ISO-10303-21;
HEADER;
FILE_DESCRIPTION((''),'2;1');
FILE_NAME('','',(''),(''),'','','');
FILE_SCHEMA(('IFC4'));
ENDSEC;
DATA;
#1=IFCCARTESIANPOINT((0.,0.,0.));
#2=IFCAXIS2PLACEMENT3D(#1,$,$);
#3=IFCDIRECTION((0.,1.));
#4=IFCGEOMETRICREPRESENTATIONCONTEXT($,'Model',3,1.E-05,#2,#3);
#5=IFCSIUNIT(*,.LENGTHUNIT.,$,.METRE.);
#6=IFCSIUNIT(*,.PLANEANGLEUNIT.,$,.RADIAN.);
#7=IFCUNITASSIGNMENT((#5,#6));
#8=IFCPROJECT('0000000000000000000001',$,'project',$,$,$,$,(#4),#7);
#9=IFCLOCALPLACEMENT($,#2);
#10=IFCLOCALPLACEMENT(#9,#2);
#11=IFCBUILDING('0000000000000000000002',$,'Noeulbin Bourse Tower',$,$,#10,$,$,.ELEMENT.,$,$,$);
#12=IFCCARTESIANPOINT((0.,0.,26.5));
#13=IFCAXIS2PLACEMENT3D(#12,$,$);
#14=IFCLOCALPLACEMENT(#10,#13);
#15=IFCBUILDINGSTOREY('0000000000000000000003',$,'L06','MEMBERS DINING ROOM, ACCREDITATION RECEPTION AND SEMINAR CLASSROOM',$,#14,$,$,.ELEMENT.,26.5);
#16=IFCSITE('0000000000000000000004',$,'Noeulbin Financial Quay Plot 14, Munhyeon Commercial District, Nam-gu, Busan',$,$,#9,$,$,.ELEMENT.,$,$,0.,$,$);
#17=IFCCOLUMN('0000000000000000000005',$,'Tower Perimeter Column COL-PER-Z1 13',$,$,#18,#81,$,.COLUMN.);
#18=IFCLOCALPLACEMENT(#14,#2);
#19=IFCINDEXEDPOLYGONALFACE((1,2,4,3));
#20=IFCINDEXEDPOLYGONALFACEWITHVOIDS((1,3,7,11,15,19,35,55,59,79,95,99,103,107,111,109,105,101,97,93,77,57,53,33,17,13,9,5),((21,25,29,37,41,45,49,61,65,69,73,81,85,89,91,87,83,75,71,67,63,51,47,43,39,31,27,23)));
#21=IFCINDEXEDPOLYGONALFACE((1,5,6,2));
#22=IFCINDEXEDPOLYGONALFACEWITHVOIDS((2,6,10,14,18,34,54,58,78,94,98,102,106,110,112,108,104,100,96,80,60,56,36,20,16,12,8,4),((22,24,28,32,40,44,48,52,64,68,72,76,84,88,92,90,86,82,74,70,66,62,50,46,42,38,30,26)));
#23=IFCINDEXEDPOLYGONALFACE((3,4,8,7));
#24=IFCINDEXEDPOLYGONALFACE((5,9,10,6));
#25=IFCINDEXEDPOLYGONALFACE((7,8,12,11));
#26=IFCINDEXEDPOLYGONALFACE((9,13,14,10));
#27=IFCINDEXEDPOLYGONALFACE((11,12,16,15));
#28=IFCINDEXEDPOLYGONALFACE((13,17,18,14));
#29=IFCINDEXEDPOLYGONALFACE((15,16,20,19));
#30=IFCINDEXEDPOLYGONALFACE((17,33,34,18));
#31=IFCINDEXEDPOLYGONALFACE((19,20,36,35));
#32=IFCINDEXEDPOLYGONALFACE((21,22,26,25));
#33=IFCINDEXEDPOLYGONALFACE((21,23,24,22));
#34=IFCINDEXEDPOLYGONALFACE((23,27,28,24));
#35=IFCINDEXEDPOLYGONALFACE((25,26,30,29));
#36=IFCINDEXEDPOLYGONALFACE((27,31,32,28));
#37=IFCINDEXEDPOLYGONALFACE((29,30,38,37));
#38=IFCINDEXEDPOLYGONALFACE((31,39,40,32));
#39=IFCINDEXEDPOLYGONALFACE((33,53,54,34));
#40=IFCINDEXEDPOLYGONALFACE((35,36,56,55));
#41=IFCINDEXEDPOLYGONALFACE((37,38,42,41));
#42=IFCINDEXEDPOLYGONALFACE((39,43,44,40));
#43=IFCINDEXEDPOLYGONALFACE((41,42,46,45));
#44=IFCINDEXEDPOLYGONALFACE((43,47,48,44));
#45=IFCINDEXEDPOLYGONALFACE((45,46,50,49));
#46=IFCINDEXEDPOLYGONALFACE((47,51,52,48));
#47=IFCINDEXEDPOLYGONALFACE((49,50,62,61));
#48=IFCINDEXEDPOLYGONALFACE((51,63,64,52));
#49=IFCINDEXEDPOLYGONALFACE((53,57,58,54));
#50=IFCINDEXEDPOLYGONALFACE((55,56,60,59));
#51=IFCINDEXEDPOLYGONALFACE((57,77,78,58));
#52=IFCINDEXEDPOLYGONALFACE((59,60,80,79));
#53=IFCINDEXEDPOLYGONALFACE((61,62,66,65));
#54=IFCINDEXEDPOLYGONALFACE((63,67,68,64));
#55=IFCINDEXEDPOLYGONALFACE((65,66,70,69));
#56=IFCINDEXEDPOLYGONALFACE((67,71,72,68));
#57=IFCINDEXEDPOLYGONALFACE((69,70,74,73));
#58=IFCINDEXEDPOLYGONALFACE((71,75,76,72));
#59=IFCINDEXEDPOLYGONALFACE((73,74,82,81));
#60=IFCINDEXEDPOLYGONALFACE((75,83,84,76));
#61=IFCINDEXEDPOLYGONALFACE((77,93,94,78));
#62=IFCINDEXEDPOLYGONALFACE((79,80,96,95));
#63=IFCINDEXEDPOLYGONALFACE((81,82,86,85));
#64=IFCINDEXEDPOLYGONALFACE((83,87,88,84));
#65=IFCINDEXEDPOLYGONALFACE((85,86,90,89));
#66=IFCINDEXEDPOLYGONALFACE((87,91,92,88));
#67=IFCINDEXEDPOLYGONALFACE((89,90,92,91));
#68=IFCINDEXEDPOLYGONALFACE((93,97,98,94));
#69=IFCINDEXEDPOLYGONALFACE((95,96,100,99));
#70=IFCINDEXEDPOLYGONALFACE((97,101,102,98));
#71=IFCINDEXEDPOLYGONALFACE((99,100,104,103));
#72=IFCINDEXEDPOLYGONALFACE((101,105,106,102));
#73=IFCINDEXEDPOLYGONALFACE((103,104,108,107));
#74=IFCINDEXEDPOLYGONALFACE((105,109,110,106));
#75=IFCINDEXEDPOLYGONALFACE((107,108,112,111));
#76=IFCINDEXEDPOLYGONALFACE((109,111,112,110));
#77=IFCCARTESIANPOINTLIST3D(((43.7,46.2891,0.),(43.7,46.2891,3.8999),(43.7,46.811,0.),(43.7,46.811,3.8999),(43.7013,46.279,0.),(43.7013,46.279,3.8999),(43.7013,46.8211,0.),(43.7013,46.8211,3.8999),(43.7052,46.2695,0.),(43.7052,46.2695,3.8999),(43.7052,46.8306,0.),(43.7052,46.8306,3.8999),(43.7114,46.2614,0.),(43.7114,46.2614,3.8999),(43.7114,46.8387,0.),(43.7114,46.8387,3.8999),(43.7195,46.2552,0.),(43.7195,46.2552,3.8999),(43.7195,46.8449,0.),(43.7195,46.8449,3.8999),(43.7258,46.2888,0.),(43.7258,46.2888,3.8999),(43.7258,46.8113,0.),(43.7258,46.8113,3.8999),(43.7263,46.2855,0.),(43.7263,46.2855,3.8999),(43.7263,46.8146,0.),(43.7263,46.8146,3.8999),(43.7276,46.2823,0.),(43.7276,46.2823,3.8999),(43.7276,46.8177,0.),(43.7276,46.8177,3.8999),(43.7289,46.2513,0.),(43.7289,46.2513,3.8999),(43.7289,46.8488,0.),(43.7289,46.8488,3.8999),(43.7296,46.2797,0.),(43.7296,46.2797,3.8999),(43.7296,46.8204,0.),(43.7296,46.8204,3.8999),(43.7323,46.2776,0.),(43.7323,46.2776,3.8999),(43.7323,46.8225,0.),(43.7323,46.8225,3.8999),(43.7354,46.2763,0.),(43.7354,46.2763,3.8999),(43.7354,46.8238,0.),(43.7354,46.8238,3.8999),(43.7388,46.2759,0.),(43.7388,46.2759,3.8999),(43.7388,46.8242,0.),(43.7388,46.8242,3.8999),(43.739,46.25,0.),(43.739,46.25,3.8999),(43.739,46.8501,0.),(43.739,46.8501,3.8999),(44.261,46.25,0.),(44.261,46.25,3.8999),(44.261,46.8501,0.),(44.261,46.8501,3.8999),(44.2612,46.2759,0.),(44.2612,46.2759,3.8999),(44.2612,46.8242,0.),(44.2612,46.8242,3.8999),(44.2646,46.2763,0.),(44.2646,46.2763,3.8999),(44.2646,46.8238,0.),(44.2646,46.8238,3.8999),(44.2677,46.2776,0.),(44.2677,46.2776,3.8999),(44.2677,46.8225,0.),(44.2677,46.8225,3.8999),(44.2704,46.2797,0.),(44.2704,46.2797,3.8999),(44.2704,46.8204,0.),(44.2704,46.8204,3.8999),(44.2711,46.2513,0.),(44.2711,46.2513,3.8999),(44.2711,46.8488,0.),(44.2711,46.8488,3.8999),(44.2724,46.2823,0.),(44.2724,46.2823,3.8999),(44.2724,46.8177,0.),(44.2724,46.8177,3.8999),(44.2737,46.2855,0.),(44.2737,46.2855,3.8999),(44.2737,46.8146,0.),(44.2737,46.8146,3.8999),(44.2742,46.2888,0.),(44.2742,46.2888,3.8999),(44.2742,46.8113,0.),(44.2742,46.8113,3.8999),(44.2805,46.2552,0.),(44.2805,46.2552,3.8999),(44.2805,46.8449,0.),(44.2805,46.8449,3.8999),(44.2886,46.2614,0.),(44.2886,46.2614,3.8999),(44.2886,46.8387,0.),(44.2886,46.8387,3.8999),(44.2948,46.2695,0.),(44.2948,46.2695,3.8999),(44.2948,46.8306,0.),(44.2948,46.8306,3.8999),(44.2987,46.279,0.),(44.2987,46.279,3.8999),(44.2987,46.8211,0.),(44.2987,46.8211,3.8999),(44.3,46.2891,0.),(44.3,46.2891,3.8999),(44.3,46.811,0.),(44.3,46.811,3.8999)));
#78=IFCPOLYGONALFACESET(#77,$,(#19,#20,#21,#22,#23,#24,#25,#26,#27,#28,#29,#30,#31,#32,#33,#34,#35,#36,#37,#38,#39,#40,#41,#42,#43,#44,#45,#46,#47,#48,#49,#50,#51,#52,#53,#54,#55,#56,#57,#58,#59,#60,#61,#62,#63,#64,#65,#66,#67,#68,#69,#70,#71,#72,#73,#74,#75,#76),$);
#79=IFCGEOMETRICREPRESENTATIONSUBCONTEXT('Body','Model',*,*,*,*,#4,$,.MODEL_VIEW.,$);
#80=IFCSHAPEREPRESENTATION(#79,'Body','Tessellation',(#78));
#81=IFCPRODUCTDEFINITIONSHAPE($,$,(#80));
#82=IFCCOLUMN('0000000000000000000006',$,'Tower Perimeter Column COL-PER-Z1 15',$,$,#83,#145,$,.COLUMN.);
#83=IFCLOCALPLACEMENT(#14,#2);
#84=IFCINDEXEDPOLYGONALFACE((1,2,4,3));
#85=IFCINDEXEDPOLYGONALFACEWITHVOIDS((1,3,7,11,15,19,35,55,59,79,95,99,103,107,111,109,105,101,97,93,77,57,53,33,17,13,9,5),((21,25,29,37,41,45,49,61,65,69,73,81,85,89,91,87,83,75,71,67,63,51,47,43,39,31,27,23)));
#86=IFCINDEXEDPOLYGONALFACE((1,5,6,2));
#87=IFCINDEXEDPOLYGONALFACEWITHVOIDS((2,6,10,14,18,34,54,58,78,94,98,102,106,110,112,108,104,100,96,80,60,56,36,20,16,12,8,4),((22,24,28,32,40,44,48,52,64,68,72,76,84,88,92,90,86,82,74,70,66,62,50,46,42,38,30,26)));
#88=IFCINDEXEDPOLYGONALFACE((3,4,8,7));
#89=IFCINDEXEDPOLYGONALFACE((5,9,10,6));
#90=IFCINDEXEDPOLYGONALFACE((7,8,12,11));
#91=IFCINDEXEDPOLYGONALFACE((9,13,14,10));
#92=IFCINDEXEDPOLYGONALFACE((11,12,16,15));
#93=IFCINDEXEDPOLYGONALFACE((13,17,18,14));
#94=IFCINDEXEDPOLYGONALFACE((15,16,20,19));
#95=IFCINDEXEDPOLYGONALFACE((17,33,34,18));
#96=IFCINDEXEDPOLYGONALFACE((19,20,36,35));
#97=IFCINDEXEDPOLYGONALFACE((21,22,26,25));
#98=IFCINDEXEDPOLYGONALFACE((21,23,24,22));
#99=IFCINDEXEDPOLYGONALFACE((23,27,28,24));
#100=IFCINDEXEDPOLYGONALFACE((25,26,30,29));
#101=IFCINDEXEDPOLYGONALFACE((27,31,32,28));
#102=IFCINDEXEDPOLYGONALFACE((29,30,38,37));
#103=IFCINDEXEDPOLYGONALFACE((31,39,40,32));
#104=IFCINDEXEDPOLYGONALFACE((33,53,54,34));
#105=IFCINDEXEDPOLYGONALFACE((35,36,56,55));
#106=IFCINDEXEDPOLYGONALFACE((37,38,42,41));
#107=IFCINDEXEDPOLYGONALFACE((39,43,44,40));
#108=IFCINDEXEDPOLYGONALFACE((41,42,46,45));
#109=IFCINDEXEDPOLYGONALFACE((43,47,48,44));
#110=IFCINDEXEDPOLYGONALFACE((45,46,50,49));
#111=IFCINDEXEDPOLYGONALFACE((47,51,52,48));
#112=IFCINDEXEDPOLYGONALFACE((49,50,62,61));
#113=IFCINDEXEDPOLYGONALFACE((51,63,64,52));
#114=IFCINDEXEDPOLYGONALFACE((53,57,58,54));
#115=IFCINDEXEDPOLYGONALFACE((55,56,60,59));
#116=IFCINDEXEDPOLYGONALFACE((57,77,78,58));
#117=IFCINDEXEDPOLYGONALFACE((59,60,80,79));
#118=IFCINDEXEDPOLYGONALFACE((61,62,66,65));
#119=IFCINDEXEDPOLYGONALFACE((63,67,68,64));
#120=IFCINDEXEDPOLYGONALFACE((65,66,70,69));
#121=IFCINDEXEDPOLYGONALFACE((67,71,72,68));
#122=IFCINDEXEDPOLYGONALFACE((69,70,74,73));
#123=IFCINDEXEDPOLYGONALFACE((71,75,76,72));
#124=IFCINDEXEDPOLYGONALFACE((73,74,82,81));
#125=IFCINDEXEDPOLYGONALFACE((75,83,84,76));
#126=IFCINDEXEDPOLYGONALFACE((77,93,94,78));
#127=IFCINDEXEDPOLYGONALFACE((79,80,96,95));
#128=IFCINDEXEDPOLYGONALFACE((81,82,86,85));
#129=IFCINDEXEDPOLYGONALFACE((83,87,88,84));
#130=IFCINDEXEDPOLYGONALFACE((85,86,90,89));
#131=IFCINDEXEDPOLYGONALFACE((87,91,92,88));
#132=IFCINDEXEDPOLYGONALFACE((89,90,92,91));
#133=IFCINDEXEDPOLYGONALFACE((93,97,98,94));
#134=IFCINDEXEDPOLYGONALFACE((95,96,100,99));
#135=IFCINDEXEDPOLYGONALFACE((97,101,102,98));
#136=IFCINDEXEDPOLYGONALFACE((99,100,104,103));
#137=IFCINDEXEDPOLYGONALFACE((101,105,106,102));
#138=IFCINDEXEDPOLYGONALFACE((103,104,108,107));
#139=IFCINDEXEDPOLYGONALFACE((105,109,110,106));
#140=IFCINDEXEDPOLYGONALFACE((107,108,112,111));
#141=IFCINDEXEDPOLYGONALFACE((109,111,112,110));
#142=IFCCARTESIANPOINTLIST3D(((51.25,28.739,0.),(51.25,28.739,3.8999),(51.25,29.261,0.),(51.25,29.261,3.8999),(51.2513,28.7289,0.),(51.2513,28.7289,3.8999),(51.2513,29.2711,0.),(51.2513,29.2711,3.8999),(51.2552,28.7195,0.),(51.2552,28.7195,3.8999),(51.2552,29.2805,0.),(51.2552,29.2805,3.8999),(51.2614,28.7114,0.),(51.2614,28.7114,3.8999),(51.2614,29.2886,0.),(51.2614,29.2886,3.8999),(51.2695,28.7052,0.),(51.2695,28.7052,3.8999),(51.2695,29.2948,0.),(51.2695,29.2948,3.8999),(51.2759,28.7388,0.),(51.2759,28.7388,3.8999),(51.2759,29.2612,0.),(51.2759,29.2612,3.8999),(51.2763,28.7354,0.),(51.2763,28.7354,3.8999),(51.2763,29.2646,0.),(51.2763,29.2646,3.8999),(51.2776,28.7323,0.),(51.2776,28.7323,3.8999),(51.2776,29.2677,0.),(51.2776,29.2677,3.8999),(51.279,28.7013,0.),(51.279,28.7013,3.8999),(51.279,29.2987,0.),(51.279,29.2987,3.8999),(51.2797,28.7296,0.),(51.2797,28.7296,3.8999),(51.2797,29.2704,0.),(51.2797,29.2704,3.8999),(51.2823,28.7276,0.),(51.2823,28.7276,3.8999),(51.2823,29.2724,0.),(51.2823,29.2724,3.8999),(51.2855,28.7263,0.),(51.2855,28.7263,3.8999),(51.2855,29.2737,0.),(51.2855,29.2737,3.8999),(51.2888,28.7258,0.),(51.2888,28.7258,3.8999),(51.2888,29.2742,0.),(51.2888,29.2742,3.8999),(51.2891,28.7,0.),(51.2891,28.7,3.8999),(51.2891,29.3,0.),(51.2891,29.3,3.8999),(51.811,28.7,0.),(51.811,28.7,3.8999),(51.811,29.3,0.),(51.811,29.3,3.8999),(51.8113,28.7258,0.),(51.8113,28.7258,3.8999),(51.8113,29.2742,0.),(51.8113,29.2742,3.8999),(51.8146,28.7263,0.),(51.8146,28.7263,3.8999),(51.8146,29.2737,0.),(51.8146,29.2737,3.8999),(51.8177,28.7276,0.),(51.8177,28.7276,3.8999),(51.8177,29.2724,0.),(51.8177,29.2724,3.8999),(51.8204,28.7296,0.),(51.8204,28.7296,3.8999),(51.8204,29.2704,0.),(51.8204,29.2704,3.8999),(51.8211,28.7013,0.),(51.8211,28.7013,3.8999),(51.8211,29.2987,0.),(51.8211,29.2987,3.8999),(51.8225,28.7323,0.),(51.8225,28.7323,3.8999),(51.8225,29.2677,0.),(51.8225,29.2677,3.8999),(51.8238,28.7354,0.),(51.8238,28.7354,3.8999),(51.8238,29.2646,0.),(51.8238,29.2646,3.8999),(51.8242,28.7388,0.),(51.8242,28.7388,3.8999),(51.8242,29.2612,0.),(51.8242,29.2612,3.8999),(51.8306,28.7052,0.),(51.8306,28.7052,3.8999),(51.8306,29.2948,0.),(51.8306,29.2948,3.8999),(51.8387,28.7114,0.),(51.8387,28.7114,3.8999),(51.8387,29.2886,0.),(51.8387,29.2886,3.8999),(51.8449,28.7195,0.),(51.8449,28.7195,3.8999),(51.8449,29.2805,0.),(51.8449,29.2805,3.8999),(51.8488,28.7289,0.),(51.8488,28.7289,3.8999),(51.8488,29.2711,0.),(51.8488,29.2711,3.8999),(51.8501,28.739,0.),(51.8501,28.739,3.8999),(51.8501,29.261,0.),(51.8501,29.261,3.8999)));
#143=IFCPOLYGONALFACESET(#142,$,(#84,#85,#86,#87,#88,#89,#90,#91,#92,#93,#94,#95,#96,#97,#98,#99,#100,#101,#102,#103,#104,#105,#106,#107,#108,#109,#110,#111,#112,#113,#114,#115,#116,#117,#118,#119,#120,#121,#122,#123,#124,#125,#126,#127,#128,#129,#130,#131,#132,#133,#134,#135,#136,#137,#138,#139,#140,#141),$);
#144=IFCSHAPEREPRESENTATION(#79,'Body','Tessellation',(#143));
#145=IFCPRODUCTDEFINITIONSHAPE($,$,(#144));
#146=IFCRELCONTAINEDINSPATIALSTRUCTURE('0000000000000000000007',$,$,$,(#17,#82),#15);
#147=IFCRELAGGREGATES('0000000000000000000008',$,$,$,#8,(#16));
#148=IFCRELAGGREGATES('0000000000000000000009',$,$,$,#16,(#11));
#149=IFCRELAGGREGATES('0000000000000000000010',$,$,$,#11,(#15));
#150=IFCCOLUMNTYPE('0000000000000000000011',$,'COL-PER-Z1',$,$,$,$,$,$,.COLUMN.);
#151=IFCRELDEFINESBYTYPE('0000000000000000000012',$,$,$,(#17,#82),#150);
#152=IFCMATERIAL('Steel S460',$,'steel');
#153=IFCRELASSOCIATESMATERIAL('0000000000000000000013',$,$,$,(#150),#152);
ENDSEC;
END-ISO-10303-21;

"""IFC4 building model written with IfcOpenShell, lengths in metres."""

from ifc_helpers import new_model, si_unit, direction, frame, origin, origin_2d, place, context, subcontext, project, spatial, hollow_rectangle, extrude, material, material_profile, profile_set, type_object, element, save


model = new_model("IFC4")

# Units and contexts
model_context = context("Model", 3, precision=1e-05, world=origin(), true_north=direction((0.0, 1.0)))
body_context = subcontext(model_context, "Body", "Model", "MODEL_VIEW")
ifc_project = project(units=[si_unit("LENGTHUNIT", "METRE"), si_unit("PLANEANGLEUNIT", "RADIAN")], contexts=[model_context])

# Site, building, storey
site_placement = place(None, origin())
site = spatial("IfcSite", under=ifc_project, at=site_placement, Name="Noeulbin Financial Quay Plot 14, Munhyeon Commercial District, Nam-gu, Busan", CompositionType="ELEMENT", RefElevation=0.0)
building_placement = place(site_placement, origin())
building = spatial("IfcBuilding", under=site, at=building_placement, Name="Noeulbin Bourse Tower", CompositionType="ELEMENT")
storey_placement = place(building_placement, frame((0.0, 0.0, 26.5)))
storey = spatial("IfcBuildingStorey", under=building, at=storey_placement, Name="L06", Description="MEMBERS DINING ROOM, ACCREDITATION RECEPTION AND SEMINAR CLASSROOM", CompositionType="ELEMENT", Elevation=26.5)

# Columns
ifc_material_1 = material(Name="Steel S460", Category="steel")
ifc_material_profile_1 = material_profile(ifc_material_1, hollow_rectangle(XDim=0.6001, YDim=0.6001, WallThickness=0.0259, InnerFilletRadius=0.0129, OuterFilletRadius=0.0391, at=origin_2d()), Name="BOX-600x600x26", Category="LoadBearing")
ifc_profile_set_1 = profile_set([ifc_material_profile_1], Name="Steel S460")
column_type_1 = type_object("IfcColumnType", Name="COL-PER-Z1", PredefinedType="COLUMN", material=ifc_profile_set_1)
for number, where, z_axis, x_axis, name in (
    (1, (44.0, 46.55, 0.0), (0.0, 0.0, 1.0), (1.0, 0.0, 0.0), "Tower Perimeter Column COL-PER-Z1 13"),
    (2, (51.55, 29.0, 0.0), (0.0, 0.0, 1.0), (1.0, 0.0, 0.0), "Tower Perimeter Column COL-PER-Z1 15"),
):
    element("IfcColumn", number, at=place(storey_placement, frame(where, z_axis=z_axis, x_axis=x_axis)), inside=storey, type_object=column_type_1, Name=name, PredefinedType="COLUMN", context=body_context, shape_type="SweptSolid", body=[
        extrude(hollow_rectangle(XDim=0.6001, YDim=0.6001, WallThickness=0.0259, InnerFilletRadius=0.0129, OuterFilletRadius=0.0391, at=origin_2d()), origin(), (0.0, 0.0, 1.0), 3.8999),
    ])

save(model, "model.ifc")
